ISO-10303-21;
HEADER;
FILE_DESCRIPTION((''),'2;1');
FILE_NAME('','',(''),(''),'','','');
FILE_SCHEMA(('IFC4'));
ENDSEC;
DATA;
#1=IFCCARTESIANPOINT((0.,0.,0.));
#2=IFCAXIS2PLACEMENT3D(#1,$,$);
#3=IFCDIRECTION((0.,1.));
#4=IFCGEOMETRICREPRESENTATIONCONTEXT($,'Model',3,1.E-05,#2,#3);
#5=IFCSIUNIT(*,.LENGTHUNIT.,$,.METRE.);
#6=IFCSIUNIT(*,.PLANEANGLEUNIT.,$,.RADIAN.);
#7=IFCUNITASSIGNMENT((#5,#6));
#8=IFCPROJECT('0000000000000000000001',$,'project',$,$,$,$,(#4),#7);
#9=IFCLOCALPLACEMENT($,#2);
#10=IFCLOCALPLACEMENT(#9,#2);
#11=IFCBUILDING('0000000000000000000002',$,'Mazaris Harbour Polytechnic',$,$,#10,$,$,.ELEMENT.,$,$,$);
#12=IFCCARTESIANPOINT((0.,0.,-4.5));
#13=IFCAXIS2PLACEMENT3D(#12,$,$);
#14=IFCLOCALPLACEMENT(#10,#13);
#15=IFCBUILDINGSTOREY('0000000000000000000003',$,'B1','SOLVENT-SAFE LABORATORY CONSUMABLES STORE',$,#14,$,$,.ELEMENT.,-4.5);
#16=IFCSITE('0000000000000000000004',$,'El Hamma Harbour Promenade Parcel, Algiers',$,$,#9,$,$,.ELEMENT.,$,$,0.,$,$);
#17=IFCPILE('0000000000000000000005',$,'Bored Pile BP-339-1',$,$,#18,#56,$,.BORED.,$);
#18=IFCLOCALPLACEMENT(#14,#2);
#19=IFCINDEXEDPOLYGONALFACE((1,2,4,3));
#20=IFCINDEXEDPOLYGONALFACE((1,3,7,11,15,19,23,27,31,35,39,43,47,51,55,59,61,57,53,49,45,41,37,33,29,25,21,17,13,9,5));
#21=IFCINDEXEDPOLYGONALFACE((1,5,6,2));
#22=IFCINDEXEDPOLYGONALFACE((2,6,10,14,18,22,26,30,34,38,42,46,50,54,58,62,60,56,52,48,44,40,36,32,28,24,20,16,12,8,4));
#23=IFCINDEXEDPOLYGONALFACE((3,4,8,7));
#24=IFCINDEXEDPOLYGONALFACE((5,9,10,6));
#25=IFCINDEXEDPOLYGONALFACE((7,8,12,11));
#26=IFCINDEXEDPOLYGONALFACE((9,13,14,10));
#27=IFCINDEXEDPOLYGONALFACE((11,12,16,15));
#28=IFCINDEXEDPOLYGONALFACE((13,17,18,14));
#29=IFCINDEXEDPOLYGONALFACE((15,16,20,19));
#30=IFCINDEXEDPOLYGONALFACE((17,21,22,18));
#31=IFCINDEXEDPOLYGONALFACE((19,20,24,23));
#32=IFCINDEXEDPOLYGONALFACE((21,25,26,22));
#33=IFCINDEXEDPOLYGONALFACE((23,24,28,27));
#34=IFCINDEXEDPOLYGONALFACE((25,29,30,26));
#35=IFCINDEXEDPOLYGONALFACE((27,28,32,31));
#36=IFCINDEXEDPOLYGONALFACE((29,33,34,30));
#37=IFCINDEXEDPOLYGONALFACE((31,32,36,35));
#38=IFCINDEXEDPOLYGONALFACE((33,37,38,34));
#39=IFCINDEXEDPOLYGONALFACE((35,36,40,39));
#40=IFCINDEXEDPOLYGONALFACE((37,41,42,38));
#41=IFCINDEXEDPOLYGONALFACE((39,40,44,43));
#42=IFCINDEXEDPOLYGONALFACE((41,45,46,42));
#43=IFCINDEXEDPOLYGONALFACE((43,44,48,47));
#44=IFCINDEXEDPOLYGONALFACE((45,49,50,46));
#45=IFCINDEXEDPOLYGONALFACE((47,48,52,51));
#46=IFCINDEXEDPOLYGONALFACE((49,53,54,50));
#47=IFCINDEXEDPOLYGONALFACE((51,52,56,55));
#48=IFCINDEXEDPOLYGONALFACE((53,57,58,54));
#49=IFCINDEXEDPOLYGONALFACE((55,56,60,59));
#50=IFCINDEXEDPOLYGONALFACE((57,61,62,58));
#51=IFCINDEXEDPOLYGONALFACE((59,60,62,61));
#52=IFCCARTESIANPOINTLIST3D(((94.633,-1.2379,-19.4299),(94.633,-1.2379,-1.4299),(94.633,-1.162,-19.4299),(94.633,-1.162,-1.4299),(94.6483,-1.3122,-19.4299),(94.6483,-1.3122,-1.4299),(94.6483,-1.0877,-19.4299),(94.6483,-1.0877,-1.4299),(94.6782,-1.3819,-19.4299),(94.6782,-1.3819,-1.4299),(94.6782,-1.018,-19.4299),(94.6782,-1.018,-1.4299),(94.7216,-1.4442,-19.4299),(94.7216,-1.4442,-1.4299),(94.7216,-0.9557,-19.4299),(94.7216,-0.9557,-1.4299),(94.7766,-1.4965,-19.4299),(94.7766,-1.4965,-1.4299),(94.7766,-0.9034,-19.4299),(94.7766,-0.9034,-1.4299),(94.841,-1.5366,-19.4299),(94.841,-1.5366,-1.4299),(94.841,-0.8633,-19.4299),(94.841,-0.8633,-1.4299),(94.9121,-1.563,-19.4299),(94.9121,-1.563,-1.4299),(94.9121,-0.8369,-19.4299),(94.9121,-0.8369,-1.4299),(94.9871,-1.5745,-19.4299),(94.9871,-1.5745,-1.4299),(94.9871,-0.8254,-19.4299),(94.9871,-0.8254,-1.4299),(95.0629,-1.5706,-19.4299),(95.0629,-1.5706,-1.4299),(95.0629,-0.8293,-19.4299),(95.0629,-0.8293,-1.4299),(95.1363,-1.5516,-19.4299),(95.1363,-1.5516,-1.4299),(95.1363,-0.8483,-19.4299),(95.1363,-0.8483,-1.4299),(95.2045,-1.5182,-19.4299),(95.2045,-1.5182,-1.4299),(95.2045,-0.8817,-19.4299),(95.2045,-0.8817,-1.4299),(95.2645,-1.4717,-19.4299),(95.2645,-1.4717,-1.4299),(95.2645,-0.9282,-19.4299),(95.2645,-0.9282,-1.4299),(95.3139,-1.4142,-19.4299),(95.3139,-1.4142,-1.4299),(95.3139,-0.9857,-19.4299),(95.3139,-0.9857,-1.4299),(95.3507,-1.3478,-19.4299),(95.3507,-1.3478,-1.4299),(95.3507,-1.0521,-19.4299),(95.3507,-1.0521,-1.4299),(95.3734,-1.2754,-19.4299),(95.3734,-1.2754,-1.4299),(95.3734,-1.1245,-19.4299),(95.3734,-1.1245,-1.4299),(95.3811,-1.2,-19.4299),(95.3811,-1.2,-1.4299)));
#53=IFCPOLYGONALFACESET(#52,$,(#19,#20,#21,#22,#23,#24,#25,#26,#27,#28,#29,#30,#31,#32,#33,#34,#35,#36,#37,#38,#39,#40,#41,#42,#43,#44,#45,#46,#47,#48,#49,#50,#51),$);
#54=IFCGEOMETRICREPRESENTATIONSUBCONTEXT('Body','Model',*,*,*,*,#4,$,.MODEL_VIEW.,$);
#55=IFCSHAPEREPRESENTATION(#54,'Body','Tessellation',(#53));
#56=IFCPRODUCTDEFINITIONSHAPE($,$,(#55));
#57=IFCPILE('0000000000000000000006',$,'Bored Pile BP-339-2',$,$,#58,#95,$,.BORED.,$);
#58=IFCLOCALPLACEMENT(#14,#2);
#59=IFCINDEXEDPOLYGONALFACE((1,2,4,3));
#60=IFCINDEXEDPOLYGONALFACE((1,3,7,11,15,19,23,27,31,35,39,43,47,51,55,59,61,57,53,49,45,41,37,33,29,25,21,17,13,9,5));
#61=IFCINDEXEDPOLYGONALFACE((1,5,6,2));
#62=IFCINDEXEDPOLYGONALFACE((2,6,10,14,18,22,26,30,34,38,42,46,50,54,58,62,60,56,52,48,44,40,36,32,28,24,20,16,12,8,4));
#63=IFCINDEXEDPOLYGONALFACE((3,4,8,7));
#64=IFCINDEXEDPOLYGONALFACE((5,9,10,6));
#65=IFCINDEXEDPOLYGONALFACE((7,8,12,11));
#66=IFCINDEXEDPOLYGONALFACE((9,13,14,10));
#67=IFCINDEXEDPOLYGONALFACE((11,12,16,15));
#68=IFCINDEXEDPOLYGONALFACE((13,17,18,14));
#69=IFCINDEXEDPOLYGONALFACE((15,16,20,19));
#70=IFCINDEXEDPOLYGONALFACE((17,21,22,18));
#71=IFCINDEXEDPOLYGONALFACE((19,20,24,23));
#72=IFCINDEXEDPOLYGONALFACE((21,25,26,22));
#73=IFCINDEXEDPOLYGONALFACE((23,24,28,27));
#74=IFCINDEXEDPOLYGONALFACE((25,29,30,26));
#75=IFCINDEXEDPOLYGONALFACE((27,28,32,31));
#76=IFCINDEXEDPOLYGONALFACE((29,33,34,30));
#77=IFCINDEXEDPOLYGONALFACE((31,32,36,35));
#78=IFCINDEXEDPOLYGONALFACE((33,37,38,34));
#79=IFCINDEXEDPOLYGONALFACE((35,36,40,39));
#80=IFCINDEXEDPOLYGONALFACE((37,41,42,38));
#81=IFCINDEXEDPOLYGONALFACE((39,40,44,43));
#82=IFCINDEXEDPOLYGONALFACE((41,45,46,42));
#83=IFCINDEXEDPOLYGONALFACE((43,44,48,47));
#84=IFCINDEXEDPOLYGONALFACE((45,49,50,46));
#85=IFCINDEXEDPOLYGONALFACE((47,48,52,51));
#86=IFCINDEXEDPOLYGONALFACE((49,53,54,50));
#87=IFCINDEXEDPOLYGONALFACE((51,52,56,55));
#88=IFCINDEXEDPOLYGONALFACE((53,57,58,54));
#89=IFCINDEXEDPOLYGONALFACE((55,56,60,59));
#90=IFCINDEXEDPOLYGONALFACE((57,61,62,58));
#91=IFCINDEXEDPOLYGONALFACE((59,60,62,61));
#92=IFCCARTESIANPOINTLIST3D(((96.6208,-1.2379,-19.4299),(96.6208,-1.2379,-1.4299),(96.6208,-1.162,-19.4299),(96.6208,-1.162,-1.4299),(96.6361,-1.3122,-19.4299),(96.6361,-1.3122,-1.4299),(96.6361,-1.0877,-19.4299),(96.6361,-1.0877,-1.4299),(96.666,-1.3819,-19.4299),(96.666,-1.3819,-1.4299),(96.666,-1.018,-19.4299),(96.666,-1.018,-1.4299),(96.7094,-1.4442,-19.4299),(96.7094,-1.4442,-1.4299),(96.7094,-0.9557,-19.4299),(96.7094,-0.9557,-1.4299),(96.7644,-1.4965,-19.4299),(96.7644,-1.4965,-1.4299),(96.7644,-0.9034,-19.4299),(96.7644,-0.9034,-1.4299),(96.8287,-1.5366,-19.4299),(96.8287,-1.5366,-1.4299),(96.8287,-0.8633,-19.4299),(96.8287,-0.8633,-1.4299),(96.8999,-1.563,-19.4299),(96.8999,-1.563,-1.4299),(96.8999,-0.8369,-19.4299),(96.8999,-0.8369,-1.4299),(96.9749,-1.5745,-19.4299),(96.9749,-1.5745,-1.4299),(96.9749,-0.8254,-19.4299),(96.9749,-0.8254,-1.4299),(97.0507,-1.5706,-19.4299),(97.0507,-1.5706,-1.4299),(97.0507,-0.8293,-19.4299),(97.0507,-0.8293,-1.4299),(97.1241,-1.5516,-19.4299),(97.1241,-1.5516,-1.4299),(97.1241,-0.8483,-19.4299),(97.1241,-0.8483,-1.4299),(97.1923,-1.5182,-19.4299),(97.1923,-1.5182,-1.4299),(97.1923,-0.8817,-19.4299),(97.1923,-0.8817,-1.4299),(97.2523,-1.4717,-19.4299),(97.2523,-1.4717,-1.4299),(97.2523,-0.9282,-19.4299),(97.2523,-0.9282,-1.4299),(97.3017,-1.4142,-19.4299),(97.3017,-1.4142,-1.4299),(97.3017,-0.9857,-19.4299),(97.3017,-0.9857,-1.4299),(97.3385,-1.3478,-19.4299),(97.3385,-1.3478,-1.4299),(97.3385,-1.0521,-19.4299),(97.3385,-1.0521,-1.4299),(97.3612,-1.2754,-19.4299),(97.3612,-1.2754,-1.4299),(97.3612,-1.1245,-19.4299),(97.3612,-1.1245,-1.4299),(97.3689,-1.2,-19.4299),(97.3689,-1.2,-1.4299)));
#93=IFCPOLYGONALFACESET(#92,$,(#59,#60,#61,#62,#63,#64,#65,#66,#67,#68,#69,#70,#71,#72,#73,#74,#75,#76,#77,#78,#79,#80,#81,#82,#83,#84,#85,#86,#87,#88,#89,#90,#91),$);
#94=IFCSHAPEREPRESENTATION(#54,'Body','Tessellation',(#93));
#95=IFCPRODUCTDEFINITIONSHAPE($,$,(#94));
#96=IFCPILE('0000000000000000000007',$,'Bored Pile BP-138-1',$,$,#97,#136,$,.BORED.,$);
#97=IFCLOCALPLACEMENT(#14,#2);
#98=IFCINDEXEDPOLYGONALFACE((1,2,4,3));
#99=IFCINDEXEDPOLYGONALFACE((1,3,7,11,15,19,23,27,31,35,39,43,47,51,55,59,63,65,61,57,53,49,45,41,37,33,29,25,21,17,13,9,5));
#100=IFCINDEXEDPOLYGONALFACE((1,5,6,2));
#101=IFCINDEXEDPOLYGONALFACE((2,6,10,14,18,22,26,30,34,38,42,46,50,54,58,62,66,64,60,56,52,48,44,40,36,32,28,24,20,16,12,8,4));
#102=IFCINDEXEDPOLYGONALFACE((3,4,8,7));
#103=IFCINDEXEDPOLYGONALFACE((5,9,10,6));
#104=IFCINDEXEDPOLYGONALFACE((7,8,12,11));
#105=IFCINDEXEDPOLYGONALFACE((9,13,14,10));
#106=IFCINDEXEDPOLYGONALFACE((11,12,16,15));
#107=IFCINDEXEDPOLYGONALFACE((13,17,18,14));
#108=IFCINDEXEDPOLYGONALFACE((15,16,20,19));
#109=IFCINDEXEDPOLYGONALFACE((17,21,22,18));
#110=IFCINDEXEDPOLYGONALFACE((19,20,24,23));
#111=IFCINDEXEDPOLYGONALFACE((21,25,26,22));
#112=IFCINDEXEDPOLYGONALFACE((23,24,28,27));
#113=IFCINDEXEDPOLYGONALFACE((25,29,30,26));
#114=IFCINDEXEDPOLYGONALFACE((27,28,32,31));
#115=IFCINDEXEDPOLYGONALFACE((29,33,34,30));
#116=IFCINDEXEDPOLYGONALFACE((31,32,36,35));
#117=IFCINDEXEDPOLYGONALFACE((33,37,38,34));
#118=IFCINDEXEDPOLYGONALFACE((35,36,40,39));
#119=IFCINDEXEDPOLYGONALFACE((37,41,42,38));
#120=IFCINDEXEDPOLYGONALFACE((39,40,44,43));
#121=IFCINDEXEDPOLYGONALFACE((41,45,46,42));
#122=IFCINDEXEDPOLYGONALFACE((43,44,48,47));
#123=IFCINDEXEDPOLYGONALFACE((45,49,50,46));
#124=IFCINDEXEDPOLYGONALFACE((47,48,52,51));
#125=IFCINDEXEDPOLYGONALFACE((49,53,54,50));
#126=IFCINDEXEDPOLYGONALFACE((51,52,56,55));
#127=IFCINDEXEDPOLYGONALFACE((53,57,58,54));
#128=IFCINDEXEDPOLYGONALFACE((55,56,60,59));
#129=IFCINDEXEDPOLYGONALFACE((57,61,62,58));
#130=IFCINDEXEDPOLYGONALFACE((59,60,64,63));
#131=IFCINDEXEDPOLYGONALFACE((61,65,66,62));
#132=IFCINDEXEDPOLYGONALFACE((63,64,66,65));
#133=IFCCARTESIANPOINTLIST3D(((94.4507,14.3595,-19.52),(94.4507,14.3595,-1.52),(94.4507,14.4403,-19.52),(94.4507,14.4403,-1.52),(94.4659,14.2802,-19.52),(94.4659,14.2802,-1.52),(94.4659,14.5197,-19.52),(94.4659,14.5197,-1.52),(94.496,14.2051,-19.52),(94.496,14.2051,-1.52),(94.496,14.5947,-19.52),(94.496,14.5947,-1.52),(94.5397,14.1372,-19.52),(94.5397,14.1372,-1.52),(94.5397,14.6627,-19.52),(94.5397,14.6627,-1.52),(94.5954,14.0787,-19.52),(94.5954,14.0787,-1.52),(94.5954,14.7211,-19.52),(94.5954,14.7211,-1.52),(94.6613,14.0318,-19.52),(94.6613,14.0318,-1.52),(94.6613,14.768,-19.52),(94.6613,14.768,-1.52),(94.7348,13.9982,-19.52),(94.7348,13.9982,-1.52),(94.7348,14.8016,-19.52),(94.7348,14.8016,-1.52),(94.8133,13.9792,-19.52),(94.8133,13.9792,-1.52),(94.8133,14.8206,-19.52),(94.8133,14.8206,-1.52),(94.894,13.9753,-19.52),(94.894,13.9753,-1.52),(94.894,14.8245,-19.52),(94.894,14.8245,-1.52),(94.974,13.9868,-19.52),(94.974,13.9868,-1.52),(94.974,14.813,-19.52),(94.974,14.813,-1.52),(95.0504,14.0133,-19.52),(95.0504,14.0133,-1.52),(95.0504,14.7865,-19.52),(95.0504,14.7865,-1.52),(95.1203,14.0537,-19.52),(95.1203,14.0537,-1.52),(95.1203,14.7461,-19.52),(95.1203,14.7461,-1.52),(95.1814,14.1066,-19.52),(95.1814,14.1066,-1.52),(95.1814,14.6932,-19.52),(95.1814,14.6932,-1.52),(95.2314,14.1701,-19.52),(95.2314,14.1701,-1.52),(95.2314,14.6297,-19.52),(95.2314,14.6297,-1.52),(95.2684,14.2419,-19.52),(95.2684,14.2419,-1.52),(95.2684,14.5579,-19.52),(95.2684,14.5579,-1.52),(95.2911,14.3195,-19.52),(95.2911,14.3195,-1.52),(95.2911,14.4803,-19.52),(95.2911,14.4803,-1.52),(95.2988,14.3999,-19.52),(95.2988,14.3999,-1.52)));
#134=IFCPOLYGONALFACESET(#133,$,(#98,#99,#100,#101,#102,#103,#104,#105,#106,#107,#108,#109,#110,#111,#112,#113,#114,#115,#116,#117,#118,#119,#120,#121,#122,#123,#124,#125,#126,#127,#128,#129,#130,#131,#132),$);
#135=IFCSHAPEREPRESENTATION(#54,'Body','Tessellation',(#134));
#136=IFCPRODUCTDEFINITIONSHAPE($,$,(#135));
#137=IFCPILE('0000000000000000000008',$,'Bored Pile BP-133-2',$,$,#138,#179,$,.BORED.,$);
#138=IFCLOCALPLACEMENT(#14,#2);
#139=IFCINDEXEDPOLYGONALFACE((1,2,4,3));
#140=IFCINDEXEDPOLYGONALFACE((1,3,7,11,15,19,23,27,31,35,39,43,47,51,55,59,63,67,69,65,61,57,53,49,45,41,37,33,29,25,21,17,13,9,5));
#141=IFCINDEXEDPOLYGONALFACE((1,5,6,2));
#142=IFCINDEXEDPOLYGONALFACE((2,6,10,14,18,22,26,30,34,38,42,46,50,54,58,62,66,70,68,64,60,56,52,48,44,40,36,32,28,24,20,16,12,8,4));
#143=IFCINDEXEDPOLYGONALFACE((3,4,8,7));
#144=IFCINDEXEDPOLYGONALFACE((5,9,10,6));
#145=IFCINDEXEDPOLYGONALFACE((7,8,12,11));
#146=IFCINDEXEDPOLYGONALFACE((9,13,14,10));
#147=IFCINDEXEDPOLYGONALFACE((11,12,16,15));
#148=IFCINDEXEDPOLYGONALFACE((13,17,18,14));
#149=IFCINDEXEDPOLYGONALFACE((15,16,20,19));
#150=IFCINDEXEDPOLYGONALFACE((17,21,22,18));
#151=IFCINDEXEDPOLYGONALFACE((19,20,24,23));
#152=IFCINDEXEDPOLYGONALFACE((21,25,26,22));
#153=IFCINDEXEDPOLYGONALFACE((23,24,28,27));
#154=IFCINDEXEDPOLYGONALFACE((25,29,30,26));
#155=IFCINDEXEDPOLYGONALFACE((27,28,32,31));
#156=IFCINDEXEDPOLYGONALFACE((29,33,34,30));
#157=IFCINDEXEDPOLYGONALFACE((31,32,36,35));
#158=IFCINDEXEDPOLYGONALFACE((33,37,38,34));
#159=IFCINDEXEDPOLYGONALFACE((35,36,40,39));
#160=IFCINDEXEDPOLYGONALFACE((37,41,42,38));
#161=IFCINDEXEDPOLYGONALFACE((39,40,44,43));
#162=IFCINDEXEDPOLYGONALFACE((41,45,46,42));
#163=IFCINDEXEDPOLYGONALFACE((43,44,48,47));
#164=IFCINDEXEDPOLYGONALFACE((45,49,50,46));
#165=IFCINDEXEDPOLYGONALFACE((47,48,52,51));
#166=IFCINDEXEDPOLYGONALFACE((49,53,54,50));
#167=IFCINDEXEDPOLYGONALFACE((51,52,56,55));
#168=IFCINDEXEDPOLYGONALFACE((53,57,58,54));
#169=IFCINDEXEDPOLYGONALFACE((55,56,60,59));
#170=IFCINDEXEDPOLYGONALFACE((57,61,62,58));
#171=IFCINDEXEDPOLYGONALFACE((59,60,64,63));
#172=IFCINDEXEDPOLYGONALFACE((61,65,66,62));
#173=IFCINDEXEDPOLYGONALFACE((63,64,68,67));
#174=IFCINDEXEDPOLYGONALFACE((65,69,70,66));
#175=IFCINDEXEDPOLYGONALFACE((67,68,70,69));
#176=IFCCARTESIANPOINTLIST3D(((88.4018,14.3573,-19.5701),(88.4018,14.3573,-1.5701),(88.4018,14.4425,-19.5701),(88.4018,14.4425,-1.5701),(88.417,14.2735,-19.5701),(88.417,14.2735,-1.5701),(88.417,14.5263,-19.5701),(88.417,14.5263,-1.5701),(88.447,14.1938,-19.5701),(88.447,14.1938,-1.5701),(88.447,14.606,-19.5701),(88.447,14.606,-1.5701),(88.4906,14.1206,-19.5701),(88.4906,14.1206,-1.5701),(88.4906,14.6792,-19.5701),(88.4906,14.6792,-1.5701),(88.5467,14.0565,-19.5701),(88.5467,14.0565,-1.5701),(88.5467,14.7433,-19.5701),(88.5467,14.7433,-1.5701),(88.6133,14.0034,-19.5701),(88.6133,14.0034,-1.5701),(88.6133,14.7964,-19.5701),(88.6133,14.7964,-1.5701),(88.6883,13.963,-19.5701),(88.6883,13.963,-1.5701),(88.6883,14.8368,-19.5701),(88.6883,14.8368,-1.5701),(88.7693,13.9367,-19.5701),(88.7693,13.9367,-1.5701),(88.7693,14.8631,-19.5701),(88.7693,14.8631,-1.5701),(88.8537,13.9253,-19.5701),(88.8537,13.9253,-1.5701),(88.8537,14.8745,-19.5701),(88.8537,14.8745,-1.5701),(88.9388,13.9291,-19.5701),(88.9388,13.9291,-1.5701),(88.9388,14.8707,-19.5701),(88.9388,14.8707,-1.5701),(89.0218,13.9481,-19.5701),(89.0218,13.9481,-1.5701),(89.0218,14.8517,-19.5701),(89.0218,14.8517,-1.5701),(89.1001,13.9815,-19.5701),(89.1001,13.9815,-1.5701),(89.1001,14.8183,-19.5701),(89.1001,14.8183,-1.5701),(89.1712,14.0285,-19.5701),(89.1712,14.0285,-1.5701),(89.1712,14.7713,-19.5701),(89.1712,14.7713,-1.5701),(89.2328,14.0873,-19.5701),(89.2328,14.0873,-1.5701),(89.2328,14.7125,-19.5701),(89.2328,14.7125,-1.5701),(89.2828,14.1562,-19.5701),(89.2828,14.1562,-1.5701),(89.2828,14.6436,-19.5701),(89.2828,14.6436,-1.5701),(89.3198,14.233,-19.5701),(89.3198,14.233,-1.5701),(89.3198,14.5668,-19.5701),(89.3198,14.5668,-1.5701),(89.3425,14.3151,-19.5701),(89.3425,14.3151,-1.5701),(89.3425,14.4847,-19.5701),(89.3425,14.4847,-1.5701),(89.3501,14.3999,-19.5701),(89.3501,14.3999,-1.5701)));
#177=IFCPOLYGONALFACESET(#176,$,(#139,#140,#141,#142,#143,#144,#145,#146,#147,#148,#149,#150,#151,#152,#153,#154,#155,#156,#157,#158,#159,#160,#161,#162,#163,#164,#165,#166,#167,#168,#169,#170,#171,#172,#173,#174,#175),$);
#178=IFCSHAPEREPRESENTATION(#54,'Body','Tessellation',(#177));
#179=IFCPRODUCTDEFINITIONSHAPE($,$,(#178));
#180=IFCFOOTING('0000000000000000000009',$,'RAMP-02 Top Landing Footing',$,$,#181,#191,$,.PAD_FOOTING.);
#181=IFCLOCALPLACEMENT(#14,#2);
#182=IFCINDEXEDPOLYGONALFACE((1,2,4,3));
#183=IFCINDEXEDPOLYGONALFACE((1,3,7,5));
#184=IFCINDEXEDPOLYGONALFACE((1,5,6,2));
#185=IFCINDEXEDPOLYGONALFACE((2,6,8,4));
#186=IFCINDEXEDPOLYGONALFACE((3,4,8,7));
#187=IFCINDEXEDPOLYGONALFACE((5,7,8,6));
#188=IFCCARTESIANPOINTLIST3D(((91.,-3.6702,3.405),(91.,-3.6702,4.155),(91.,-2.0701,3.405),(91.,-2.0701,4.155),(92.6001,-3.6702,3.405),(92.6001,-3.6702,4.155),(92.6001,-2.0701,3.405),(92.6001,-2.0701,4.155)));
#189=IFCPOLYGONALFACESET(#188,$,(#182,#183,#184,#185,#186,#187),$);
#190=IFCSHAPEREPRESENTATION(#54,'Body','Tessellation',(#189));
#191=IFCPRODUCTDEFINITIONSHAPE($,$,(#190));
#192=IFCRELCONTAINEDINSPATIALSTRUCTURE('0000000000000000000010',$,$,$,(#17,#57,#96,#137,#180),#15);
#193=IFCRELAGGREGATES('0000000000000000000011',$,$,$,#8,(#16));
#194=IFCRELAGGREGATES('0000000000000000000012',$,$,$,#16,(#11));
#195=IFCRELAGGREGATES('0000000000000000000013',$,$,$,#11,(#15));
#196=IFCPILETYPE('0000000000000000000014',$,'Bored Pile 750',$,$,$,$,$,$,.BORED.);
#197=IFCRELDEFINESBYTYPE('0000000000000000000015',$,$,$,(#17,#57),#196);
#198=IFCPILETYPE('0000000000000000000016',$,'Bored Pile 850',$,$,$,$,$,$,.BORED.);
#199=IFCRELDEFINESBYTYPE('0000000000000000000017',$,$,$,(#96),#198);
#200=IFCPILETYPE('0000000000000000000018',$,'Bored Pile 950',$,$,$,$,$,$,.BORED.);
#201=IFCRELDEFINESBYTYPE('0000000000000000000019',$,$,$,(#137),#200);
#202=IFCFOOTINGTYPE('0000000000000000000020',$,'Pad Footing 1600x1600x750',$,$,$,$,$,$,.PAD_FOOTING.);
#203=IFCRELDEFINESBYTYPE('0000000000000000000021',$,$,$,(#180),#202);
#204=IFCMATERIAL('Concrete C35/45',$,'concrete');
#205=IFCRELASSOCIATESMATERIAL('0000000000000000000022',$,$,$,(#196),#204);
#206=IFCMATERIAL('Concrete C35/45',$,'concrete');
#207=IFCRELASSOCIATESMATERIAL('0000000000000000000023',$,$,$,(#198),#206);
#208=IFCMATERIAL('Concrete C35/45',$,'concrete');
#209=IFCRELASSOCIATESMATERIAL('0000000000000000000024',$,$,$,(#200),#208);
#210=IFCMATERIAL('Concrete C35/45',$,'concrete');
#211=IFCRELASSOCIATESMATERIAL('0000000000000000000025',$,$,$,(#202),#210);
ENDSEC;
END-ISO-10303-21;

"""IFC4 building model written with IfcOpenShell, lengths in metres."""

from ifc_helpers import new_model, si_unit, direction, frame, origin, origin_2d, place, context, subcontext, project, spatial, rectangle, circle, extrude, material, material_profile, profile_set, type_object, element, save


model = new_model("IFC4")

# Units and contexts
model_context = context("Model", 3, precision=1e-05, world=origin(), true_north=direction((0.0, 1.0)))
body_context = subcontext(model_context, "Body", "Model", "MODEL_VIEW")
ifc_project = project(units=[si_unit("LENGTHUNIT", "METRE"), si_unit("PLANEANGLEUNIT", "RADIAN")], contexts=[model_context])

# Site, building, storey
site_placement = place(None, origin())
site = spatial("IfcSite", under=ifc_project, at=site_placement, Name="El Hamma Harbour Promenade Parcel, Algiers", CompositionType="ELEMENT", RefElevation=0.0)
building_placement = place(site_placement, origin())
building = spatial("IfcBuilding", under=site, at=building_placement, Name="Mazaris Harbour Polytechnic", CompositionType="ELEMENT")
storey_placement = place(building_placement, frame((0.0, 0.0, -4.5)))
storey = spatial("IfcBuildingStorey", under=building, at=storey_placement, Name="B1", Description="SOLVENT-SAFE LABORATORY CONSUMABLES STORE", CompositionType="ELEMENT", Elevation=-4.5)

# Piles
ifc_material_1 = material(Name="Concrete C35/45", Category="concrete")
ifc_material_profile_1 = material_profile(ifc_material_1, circle(Radius=0.375, at=origin_2d()), Name="DIA750")
ifc_profile_set_1 = profile_set([ifc_material_profile_1], Name="Concrete C35/45")
pile_type_1 = type_object("IfcPileType", Name="Bored Pile 750", PredefinedType="BORED", material=ifc_profile_set_1)
for number, where, z_axis, x_axis, name in (
    (1, (95.0061, -1.2, -1.4299), (0.0, 0.0, -1.0), (1.0, 0.0, 0.0), "Bored Pile BP-339-1"),
    (2, (96.9939, -1.2, -1.4299), (0.0, 0.0, -1.0), (1.0, 0.0, 0.0), "Bored Pile BP-339-2"),
):
    element("IfcPile", number, at=place(storey_placement, frame(where, z_axis=z_axis, x_axis=x_axis)), inside=storey, type_object=pile_type_1, Name=name, PredefinedType="BORED", context=body_context, shape_type="SweptSolid", body=[
        extrude(circle(Radius=0.375, at=origin_2d()), origin(), (0.0, 0.0, 1.0), 18.0),
    ])
ifc_material_2 = material(Name="Concrete C35/45", Category="concrete")
ifc_material_profile_2 = material_profile(ifc_material_2, circle(Radius=0.425, at=origin_2d()), Name="DIA850")
ifc_profile_set_2 = profile_set([ifc_material_profile_2], Name="Concrete C35/45")
pile_type_2 = type_object("IfcPileType", Name="Bored Pile 850", PredefinedType="BORED", material=ifc_profile_set_2)
pile_1_placement = place(storey_placement, frame((94.8738, 14.3999, -1.52), z_axis=(0.0, 0.0, -1.0), x_axis=(1.0, 0.0, 0.0)))
element("IfcPile", 3, at=pile_1_placement, inside=storey, type_object=pile_type_2, Name="Bored Pile BP-138-1", PredefinedType="BORED", context=body_context, shape_type="SweptSolid", body=[
    extrude(circle(Radius=0.425, at=origin_2d()), origin(), (0.0, 0.0, 1.0), 18.0),
])
ifc_material_3 = material(Name="Concrete C35/45", Category="concrete")
ifc_material_profile_3 = material_profile(ifc_material_3, circle(Radius=0.4751, at=origin_2d()), Name="DIA950")
ifc_profile_set_3 = profile_set([ifc_material_profile_3], Name="Concrete C35/45")
pile_type_3 = type_object("IfcPileType", Name="Bored Pile 950", PredefinedType="BORED", material=ifc_profile_set_3)
pile_2_placement = place(storey_placement, frame((88.875, 14.3999, -1.5701), z_axis=(0.0, 0.0, -1.0), x_axis=(1.0, 0.0, 0.0)))
element("IfcPile", 4, at=pile_2_placement, inside=storey, type_object=pile_type_3, Name="Bored Pile BP-133-2", PredefinedType="BORED", context=body_context, shape_type="SweptSolid", body=[
    extrude(circle(Radius=0.4751, at=origin_2d()), origin(), (0.0, 0.0, 1.0), 18.0),
])

# Footing
ifc_material_4 = material(Name="Concrete C35/45", Category="concrete")
footing_type_1 = type_object("IfcFootingType", Name="Pad Footing 1600x1600x750", PredefinedType="PAD_FOOTING", material=ifc_material_4)
footing_1_placement = place(storey_placement, frame((91.8, -2.8701, 3.405), z_axis=(0.0, 0.0, 1.0), x_axis=(1.0, 0.0, 0.0)))
element("IfcFooting", 5, at=footing_1_placement, inside=storey, type_object=footing_type_1, Name="RAMP-02 Top Landing Footing", PredefinedType="PAD_FOOTING", context=body_context, shape_type="SweptSolid", body=[
    extrude(rectangle(XDim=1.6001, YDim=1.6001, at=origin_2d()), origin(), (0.0, 0.0, 1.0), 0.75),
])

save(model, "model.ifc")
